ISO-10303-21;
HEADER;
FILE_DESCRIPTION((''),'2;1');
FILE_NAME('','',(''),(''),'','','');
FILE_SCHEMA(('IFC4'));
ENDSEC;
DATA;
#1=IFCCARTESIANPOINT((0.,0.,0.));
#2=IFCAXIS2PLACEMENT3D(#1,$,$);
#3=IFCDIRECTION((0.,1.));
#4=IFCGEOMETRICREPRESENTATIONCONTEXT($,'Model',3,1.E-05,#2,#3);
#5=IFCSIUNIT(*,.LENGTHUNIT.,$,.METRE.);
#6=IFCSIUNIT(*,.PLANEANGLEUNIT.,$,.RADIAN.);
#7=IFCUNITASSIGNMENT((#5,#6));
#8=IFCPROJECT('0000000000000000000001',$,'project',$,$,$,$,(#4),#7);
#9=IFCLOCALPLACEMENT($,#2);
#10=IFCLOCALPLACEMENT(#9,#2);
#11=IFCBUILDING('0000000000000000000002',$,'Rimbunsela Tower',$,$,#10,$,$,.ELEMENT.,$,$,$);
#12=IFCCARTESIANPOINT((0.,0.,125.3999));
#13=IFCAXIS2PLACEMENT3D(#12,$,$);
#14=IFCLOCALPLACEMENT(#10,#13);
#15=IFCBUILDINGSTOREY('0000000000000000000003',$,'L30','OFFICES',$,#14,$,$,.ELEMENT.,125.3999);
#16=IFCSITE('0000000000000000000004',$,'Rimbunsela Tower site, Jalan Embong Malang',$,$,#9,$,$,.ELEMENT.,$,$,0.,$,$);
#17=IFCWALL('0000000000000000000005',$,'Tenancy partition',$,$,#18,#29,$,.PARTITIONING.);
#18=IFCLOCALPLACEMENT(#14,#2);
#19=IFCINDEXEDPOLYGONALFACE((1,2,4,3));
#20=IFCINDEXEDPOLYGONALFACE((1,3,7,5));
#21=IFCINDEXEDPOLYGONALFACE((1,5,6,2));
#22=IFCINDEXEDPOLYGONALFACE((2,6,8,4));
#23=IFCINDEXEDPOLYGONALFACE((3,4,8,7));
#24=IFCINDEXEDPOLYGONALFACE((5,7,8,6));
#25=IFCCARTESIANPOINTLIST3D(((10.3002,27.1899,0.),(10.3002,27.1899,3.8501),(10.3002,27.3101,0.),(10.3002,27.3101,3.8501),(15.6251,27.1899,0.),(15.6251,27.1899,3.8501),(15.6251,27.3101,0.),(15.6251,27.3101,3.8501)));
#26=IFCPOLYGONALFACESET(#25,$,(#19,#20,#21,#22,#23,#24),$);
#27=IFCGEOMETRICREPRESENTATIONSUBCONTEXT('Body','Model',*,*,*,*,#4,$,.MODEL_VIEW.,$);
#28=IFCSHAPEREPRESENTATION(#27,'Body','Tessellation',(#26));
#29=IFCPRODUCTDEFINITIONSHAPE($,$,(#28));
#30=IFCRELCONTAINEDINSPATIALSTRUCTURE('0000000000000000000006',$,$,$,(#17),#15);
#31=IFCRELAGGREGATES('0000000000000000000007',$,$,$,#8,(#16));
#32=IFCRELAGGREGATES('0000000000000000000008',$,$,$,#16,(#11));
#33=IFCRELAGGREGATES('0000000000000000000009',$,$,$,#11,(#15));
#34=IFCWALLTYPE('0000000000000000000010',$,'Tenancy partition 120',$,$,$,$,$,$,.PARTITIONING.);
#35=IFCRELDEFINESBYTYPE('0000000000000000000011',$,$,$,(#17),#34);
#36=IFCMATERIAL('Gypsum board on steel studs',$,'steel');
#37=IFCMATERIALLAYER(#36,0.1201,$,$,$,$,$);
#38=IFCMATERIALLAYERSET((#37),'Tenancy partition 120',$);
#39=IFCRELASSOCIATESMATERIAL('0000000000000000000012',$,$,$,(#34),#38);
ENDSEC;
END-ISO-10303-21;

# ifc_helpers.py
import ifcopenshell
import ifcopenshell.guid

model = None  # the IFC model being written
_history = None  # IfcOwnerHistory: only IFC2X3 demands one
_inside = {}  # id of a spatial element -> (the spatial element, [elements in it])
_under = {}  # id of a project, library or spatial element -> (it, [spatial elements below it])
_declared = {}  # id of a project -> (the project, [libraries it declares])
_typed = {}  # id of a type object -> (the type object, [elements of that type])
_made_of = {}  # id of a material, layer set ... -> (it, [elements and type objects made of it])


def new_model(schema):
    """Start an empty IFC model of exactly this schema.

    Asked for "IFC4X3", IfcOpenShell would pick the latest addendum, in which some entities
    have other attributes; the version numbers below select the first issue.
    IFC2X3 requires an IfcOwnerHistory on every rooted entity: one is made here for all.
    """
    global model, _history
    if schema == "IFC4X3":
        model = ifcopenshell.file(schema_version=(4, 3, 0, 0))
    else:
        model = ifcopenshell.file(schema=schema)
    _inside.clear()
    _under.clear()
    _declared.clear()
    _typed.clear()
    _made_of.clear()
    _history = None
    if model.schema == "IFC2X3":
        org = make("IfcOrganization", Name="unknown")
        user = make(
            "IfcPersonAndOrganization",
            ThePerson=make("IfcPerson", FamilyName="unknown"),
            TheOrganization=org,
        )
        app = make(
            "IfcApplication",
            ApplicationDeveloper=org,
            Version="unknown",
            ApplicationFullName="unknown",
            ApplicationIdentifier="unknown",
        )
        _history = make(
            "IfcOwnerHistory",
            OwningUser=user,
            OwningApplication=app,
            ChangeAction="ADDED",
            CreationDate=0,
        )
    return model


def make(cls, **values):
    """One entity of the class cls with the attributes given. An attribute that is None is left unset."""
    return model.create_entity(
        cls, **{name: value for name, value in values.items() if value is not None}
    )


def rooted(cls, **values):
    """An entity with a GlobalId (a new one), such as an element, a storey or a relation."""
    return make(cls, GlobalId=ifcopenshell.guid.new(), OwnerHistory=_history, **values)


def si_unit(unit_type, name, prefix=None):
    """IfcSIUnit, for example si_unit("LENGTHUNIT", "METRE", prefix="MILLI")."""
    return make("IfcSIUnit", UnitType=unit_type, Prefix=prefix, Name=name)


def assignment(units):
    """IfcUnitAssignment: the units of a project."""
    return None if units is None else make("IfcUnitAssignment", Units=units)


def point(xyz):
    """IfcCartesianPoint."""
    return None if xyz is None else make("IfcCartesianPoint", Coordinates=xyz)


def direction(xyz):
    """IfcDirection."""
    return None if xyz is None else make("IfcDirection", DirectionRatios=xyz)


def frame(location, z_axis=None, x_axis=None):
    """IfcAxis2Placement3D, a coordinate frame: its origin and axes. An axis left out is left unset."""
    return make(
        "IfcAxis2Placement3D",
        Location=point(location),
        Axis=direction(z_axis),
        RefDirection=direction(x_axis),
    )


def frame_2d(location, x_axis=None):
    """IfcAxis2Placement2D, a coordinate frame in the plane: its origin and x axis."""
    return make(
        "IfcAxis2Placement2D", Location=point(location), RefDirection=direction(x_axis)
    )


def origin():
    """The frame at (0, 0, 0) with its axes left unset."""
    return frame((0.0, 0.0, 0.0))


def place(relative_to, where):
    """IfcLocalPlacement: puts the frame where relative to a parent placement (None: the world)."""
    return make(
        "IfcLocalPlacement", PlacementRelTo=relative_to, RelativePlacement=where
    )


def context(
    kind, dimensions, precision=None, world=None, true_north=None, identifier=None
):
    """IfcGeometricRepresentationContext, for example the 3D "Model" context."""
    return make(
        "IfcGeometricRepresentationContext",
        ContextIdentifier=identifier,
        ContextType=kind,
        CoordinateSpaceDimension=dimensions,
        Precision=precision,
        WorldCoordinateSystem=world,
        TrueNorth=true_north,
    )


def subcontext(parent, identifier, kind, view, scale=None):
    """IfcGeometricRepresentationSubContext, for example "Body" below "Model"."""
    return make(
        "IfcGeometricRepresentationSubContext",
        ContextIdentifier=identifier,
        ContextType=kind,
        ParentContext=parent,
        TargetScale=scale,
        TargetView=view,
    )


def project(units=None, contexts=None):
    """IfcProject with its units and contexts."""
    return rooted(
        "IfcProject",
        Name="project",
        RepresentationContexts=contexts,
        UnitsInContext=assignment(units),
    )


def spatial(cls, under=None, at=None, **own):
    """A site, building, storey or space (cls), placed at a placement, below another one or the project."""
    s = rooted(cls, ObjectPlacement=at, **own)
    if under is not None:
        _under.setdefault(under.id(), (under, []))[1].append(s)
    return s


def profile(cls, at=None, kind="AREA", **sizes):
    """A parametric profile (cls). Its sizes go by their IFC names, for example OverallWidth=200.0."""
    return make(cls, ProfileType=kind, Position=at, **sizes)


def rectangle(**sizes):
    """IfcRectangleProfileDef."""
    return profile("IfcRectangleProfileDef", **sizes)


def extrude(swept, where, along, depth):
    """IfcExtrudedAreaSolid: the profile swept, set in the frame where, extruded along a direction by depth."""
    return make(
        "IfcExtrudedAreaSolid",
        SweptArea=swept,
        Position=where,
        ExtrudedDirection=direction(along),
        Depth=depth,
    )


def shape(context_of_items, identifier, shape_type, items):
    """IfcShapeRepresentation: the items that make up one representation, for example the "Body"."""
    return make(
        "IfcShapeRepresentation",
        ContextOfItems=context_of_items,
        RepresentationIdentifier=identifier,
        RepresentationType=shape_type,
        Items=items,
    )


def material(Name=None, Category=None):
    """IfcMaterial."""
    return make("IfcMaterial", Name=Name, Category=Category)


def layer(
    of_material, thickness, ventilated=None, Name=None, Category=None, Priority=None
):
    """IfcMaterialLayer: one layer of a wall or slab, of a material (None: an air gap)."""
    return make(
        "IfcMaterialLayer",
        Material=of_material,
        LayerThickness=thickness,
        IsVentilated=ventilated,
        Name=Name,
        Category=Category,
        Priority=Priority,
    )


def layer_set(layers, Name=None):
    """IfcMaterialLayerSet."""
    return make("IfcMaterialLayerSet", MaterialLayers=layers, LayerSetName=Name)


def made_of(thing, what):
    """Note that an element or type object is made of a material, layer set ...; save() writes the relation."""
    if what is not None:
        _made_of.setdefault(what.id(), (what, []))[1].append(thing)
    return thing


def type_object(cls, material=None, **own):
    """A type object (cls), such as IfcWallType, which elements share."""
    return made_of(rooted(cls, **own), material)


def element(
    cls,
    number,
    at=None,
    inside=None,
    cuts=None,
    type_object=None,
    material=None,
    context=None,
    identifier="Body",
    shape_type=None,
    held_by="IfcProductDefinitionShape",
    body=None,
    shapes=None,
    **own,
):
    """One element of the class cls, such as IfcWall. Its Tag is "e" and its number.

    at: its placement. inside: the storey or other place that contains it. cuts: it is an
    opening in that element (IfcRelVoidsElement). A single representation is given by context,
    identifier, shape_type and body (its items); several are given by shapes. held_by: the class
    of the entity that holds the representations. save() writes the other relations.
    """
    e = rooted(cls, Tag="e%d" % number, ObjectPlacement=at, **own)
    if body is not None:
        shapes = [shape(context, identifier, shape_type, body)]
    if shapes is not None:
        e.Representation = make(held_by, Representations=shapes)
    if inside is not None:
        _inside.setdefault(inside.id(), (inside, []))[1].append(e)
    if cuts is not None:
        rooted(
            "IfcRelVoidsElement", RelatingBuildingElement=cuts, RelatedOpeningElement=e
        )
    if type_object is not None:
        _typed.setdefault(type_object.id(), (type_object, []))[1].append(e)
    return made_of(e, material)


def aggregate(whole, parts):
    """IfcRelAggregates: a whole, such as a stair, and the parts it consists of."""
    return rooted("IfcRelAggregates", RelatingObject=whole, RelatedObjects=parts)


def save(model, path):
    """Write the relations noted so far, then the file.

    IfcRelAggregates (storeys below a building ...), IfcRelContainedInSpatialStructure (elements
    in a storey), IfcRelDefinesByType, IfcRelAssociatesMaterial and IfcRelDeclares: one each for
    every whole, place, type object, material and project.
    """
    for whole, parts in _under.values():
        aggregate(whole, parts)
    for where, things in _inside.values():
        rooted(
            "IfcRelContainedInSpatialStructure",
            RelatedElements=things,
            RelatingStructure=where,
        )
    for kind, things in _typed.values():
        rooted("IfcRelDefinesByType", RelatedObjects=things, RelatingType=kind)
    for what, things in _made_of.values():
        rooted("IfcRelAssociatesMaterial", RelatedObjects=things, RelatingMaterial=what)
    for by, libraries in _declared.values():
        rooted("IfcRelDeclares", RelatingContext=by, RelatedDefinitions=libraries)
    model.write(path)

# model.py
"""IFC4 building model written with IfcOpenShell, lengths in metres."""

from ifc_helpers import new_model, si_unit, direction, frame, frame_2d, origin, place, context, subcontext, project, spatial, rectangle, extrude, material, layer, layer_set, type_object, element, save


model = new_model("IFC4")

# Units and contexts
model_context = context("Model", 3, precision=1e-05, world=origin(), true_north=direction((0.0, 1.0)))
body_context = subcontext(model_context, "Body", "Model", "MODEL_VIEW")
ifc_project = project(units=[si_unit("LENGTHUNIT", "METRE"), si_unit("PLANEANGLEUNIT", "RADIAN")], contexts=[model_context])

# Site, building, storey
site_placement = place(None, origin())
site = spatial("IfcSite", under=ifc_project, at=site_placement, Name="Rimbunsela Tower site, Jalan Embong Malang", CompositionType="ELEMENT", RefElevation=0.0)
building_placement = place(site_placement, origin())
building = spatial("IfcBuilding", under=site, at=building_placement, Name="Rimbunsela Tower", CompositionType="ELEMENT")
storey_placement = place(building_placement, frame((0.0, 0.0, 125.3999)))
storey = spatial("IfcBuildingStorey", under=building, at=storey_placement, Name="L30", Description="OFFICES", CompositionType="ELEMENT", Elevation=125.3999)

# Wall
ifc_material_1 = material(Name="Gypsum board on steel studs", Category="steel")
ifc_layer_1 = layer(ifc_material_1, 0.1201)
ifc_layer_set_1 = layer_set([ifc_layer_1], Name="Tenancy partition 120")
wall_type_1 = type_object("IfcWallType", Name="Tenancy partition 120", PredefinedType="PARTITIONING", material=ifc_layer_set_1)
wall_1_placement = place(storey_placement, frame((10.3, 27.25, 0.0), z_axis=(0.0, 0.0, 1.0), x_axis=(1.0, 0.0, 0.0)))
element("IfcWall", 1, at=wall_1_placement, inside=storey, type_object=wall_type_1, Name="Tenancy partition", PredefinedType="PARTITIONING", context=body_context, shape_type="SweptSolid", body=[
    extrude(rectangle(XDim=5.325, YDim=0.1201, at=frame_2d((2.6626, 0.0))), origin(), (0.0, 0.0, 1.0), 3.8501),
])

save(model, "model.ifc")
